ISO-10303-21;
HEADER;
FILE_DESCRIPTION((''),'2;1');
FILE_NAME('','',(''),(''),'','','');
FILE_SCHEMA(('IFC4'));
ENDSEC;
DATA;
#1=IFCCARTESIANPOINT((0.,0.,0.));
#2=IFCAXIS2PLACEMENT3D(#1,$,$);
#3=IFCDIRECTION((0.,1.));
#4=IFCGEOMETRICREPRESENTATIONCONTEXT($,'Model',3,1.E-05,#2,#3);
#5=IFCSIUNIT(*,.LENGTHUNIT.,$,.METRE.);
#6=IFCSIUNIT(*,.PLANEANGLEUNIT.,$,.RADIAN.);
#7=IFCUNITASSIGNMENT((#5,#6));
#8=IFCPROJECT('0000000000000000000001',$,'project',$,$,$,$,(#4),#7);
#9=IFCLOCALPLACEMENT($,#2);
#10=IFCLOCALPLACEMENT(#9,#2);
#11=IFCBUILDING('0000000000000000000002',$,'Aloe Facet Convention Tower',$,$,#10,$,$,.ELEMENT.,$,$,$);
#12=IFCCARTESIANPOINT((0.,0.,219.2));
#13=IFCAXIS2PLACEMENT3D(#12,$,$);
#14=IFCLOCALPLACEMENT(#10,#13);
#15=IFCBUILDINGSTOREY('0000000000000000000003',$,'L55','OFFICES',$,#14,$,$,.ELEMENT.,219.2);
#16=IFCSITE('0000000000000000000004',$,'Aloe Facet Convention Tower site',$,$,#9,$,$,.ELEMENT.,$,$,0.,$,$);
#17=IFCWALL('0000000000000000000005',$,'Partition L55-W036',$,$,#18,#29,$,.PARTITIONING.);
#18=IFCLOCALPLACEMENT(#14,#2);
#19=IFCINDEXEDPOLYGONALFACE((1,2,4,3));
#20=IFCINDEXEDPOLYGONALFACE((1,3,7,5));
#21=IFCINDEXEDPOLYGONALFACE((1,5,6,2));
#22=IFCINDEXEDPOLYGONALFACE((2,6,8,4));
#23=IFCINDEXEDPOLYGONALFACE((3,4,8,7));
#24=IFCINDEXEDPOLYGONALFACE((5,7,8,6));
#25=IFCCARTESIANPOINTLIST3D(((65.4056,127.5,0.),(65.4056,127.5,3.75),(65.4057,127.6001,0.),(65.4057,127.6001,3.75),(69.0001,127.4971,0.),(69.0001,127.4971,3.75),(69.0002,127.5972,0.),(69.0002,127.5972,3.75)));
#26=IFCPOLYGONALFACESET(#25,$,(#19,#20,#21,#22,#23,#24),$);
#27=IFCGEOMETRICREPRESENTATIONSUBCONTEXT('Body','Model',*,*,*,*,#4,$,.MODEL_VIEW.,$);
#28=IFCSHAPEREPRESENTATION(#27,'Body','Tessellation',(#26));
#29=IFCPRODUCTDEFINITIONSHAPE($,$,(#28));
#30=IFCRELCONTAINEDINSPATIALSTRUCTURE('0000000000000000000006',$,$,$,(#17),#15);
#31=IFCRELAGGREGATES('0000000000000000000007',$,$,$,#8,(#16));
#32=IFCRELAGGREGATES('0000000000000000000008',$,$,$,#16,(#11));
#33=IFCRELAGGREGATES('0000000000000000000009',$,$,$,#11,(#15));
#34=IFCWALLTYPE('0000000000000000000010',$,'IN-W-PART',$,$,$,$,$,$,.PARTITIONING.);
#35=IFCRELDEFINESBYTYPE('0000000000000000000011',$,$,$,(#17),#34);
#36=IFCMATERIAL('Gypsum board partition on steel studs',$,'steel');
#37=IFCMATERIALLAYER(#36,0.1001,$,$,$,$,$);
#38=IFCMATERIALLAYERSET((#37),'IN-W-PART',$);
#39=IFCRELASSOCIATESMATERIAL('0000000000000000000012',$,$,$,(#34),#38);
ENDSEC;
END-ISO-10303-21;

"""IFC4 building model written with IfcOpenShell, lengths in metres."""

from ifc_helpers import new_model, si_unit, direction, frame, frame_2d, origin, place, context, subcontext, project, spatial, rectangle, extrude, material, layer, layer_set, type_object, element, save


model = new_model("IFC4")

# Units and contexts
model_context = context("Model", 3, precision=1e-05, world=origin(), true_north=direction((0.0, 1.0)))
body_context = subcontext(model_context, "Body", "Model", "MODEL_VIEW")
ifc_project = project(units=[si_unit("LENGTHUNIT", "METRE"), si_unit("PLANEANGLEUNIT", "RADIAN")], contexts=[model_context])

# Site, building, storey
site_placement = place(None, origin())
site = spatial("IfcSite", under=ifc_project, at=site_placement, Name="Aloe Facet Convention Tower site", CompositionType="ELEMENT", RefElevation=0.0)
building_placement = place(site_placement, origin())
building = spatial("IfcBuilding", under=site, at=building_placement, Name="Aloe Facet Convention Tower", CompositionType="ELEMENT")
storey_placement = place(building_placement, frame((0.0, 0.0, 219.2)))
storey = spatial("IfcBuildingStorey", under=building, at=storey_placement, Name="L55", Description="OFFICES", CompositionType="ELEMENT", Elevation=219.2)

# Wall
ifc_material_1 = material(Name="Gypsum board partition on steel studs", Category="steel")
ifc_layer_1 = layer(ifc_material_1, 0.1001)
ifc_layer_set_1 = layer_set([ifc_layer_1], Name="IN-W-PART")
wall_type_1 = type_object("IfcWallType", Name="IN-W-PART", PredefinedType="PARTITIONING", material=ifc_layer_set_1)
wall_1_placement = place(storey_placement, frame((65.4055, 127.55, 0.0), z_axis=(0.0, 0.0, 1.0), x_axis=(1.0, -0.000815, 0.0)))
element("IfcWall", 1, at=wall_1_placement, inside=storey, type_object=wall_type_1, Name="Partition L55-W036", PredefinedType="PARTITIONING", context=body_context, shape_type="SweptSolid", body=[
    extrude(rectangle(XDim=3.5945, YDim=0.1001, at=frame_2d((1.7974, 0.0))), origin(), (0.0, 0.0, 1.0), 3.75),
])

save(model, "model.ifc")
